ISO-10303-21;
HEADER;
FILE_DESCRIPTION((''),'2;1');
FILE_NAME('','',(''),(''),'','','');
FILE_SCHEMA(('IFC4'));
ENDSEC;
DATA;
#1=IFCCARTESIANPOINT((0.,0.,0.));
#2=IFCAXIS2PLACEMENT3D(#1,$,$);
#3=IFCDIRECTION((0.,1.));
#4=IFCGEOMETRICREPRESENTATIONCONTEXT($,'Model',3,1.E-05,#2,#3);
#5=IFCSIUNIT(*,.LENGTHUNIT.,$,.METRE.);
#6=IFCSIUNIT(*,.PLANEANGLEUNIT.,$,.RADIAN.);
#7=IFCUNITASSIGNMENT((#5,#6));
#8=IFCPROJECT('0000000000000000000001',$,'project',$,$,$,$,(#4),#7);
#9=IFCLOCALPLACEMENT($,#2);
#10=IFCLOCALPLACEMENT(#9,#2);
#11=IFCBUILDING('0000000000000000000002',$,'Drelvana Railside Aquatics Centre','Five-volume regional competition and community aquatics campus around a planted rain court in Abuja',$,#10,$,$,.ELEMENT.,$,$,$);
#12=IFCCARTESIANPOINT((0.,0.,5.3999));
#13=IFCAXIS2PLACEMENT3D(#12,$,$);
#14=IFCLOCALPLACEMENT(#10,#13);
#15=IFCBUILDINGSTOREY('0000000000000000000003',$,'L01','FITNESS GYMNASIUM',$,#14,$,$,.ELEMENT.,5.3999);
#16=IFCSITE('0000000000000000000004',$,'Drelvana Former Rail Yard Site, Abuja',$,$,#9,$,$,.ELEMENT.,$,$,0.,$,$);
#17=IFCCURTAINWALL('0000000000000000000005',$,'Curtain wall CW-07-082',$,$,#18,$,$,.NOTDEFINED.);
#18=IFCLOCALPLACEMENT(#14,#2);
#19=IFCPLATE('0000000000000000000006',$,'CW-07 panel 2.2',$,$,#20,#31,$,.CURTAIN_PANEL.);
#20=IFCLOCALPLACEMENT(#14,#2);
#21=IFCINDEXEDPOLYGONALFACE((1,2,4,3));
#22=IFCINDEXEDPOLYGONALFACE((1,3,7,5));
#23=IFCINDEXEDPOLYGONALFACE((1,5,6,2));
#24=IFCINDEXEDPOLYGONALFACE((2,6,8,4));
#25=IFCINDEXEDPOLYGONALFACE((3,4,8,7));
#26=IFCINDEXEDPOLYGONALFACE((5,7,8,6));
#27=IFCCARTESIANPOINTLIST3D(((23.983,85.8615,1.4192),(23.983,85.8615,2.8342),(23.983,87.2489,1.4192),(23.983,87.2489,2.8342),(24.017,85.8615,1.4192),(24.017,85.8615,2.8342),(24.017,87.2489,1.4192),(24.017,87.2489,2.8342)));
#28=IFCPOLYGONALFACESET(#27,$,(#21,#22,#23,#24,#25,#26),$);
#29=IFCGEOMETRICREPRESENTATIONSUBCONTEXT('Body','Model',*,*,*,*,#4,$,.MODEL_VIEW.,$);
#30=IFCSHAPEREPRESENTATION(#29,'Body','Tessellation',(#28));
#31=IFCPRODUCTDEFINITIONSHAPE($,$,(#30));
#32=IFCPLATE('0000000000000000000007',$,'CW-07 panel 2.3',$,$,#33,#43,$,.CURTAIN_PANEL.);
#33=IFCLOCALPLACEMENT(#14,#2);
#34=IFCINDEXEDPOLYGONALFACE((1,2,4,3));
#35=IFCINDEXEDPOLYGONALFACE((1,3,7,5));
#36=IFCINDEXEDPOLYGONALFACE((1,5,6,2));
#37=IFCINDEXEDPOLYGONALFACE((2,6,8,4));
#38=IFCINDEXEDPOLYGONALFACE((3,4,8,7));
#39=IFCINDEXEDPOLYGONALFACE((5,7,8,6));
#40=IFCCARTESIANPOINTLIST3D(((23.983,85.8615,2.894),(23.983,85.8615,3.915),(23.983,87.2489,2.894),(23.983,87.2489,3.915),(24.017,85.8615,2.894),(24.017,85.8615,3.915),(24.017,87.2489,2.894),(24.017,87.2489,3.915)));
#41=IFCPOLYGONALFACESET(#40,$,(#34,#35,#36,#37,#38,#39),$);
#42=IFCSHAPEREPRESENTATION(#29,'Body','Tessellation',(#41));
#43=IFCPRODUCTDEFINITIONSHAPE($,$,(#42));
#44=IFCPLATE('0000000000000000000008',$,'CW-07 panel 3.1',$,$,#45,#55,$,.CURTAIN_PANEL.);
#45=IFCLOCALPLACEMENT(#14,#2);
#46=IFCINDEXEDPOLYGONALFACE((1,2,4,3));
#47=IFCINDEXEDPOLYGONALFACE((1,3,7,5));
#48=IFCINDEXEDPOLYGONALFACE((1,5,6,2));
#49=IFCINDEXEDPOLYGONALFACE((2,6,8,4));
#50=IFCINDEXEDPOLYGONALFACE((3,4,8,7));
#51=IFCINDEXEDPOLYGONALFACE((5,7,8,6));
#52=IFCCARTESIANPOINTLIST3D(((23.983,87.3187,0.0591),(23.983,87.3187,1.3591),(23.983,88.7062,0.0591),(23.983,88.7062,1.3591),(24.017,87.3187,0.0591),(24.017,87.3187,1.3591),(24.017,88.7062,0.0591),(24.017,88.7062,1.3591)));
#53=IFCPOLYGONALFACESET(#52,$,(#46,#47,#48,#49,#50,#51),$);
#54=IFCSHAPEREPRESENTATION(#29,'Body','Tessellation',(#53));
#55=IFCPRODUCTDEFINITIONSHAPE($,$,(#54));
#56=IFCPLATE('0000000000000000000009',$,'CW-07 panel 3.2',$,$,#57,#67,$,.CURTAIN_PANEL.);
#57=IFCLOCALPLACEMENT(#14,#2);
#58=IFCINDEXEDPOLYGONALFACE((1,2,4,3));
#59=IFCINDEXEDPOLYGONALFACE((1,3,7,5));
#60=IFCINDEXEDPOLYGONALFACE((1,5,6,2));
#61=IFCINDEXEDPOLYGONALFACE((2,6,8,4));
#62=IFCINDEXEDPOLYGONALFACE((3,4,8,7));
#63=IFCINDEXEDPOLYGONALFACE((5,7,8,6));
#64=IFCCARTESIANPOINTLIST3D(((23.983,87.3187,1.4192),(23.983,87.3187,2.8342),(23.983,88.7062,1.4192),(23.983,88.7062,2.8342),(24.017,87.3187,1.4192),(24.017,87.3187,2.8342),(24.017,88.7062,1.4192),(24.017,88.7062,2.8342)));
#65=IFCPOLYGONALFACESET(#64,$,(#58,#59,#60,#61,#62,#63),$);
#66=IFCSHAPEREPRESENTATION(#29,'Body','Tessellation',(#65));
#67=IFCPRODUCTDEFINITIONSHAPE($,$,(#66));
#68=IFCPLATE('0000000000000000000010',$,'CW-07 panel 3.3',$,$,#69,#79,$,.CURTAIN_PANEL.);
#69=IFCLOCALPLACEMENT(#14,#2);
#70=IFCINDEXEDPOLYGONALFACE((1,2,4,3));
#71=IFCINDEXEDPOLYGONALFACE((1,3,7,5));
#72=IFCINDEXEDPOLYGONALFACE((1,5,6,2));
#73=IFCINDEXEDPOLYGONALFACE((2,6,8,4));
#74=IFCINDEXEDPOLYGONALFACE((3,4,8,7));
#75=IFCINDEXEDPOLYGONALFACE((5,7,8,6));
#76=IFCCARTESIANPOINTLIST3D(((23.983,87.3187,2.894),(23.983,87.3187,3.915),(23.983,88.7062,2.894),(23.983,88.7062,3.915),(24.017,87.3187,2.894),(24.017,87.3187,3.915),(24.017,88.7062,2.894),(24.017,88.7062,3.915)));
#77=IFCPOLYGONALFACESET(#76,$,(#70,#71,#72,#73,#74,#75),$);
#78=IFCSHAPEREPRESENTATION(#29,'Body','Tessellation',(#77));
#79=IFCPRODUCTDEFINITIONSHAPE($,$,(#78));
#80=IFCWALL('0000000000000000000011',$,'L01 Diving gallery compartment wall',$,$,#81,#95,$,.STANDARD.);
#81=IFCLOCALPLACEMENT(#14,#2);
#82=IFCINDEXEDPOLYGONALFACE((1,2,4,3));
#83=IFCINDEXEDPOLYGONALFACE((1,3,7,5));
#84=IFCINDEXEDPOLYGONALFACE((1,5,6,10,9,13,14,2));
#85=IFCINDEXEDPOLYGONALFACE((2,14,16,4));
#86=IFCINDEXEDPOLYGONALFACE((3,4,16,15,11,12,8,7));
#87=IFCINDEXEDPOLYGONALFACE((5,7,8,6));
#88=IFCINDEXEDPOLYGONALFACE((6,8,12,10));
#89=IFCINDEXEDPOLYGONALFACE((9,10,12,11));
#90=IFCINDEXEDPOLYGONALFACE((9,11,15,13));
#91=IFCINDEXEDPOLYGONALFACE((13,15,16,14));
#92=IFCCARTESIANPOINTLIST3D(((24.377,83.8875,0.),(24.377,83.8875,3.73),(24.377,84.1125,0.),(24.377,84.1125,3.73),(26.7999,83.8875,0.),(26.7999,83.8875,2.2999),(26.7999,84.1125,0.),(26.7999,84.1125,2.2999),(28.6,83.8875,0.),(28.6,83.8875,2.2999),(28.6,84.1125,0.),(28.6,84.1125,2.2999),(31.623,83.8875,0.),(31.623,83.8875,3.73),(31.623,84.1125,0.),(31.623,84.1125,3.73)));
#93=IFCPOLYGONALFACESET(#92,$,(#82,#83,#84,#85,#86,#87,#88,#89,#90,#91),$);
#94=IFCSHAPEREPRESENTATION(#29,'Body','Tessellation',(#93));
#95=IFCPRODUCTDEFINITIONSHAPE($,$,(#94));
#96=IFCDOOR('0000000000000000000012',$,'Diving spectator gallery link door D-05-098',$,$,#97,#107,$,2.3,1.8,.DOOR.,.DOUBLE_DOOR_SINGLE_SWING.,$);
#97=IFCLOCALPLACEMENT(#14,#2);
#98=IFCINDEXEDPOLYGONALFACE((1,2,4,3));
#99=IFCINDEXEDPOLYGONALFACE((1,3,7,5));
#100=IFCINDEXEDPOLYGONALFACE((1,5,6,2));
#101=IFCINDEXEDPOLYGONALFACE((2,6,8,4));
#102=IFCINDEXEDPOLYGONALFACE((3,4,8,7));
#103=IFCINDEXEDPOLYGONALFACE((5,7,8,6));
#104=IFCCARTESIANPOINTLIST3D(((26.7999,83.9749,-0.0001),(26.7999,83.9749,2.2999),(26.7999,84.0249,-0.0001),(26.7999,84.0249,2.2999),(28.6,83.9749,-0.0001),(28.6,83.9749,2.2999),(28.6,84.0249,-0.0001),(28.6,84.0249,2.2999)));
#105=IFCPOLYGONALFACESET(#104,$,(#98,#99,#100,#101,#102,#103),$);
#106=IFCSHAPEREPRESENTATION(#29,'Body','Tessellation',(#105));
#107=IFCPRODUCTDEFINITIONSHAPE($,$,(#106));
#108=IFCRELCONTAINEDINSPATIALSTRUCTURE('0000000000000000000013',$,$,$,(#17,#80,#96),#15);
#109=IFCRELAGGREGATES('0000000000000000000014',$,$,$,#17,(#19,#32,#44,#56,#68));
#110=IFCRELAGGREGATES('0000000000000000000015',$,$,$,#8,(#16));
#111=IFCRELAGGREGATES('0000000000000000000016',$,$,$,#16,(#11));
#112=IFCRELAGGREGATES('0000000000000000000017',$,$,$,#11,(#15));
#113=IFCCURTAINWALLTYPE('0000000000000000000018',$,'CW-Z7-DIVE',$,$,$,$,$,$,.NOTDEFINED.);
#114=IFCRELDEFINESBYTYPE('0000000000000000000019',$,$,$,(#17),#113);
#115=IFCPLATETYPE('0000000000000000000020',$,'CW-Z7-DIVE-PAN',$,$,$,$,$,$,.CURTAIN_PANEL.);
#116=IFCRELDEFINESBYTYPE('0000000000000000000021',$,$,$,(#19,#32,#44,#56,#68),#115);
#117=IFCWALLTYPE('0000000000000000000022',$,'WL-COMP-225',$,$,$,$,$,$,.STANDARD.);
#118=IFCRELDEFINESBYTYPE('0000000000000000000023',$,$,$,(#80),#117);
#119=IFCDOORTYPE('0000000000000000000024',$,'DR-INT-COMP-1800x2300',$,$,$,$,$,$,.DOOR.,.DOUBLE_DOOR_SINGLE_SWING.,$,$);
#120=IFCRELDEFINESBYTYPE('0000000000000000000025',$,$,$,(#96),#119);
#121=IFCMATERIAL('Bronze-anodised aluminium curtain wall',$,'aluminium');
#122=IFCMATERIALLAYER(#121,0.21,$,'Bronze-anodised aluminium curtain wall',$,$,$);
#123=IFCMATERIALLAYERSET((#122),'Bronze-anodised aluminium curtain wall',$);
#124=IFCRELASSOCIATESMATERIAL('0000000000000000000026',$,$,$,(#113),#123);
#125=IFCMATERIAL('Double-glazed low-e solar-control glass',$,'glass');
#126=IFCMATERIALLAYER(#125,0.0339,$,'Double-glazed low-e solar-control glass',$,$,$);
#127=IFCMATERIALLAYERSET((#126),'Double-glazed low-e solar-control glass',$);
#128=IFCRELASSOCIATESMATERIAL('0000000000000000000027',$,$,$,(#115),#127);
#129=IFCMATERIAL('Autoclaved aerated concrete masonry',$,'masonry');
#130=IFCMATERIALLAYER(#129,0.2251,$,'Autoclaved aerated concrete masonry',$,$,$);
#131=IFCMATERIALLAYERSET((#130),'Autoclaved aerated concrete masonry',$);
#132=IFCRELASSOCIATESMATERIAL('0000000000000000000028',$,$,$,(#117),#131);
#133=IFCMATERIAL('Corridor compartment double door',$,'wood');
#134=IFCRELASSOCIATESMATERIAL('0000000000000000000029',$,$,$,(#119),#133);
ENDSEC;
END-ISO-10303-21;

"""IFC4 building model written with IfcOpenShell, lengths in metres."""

from ifc_helpers import new_model, si_unit, direction, frame, frame_2d, origin, origin_2d, place, context, subcontext, project, spatial, rectangle, extrude, material, layer, layer_set, type_object, element, fill, aggregate, save


model = new_model("IFC4")

# Units and contexts
model_context = context("Model", 3, precision=1e-05, world=origin(), true_north=direction((0.0, 1.0)))
body_context = subcontext(model_context, "Body", "Model", "MODEL_VIEW")
ifc_project = project(units=[si_unit("LENGTHUNIT", "METRE"), si_unit("PLANEANGLEUNIT", "RADIAN")], contexts=[model_context])

# Site, building, storey
site_placement = place(None, origin())
site = spatial("IfcSite", under=ifc_project, at=site_placement, Name="Drelvana Former Rail Yard Site, Abuja", CompositionType="ELEMENT", RefElevation=0.0)
building_placement = place(site_placement, origin())
building = spatial("IfcBuilding", under=site, at=building_placement, Name="Drelvana Railside Aquatics Centre", Description="Five-volume regional competition and community aquatics campus around a planted rain court in Abuja", CompositionType="ELEMENT")
storey_placement = place(building_placement, frame((0.0, 0.0, 5.3999)))
storey = spatial("IfcBuildingStorey", under=building, at=storey_placement, Name="L01", Description="FITNESS GYMNASIUM", CompositionType="ELEMENT", Elevation=5.3999)

# Curtain wall
ifc_material_1 = material(Name="Bronze-anodised aluminium curtain wall", Category="aluminium")
ifc_layer_1 = layer(ifc_material_1, 0.21, Name="Bronze-anodised aluminium curtain wall")
ifc_layer_set_1 = layer_set([ifc_layer_1], Name="Bronze-anodised aluminium curtain wall")
curtain_wall_type = type_object("IfcCurtainWallType", Name="CW-Z7-DIVE", PredefinedType="NOTDEFINED", material=ifc_layer_set_1)
curtain_wall_placement = place(storey_placement, origin())
curtain_wall = element("IfcCurtainWall", 1, at=curtain_wall_placement, inside=storey, type_object=curtain_wall_type, Name="Curtain wall CW-07-082", PredefinedType="NOTDEFINED")

# Plates
ifc_material_2 = material(Name="Double-glazed low-e solar-control glass", Category="glass")
ifc_layer_2 = layer(ifc_material_2, 0.0339, Name="Double-glazed low-e solar-control glass")
ifc_layer_set_2 = layer_set([ifc_layer_2], Name="Double-glazed low-e solar-control glass")
plate_type = type_object("IfcPlateType", Name="CW-Z7-DIVE-PAN", PredefinedType="CURTAIN_PANEL", material=ifc_layer_set_2)
plate_1_placement = place(storey_placement, frame((24.0, 86.5552, 1.4192), z_axis=(0.0, 0.0, 1.0), x_axis=(0.0, 1.0, 0.0)))
plate_1 = element("IfcPlate", 2, at=plate_1_placement, type_object=plate_type, Name="CW-07 panel 2.2", PredefinedType="CURTAIN_PANEL", context=body_context, shape_type="SweptSolid", body=[
    extrude(rectangle(XDim=1.3875, YDim=0.0339, at=origin_2d()), origin(), (0.0, 0.0, 1.0), 1.415),
])
plate_2_placement = place(storey_placement, frame((24.0, 86.5552, 2.894), z_axis=(0.0, 0.0, 1.0), x_axis=(0.0, 1.0, 0.0)))
plate_2 = element("IfcPlate", 3, at=plate_2_placement, type_object=plate_type, Name="CW-07 panel 2.3", PredefinedType="CURTAIN_PANEL", context=body_context, shape_type="SweptSolid", body=[
    extrude(rectangle(XDim=1.3875, YDim=0.0339, at=origin_2d()), origin(), (0.0, 0.0, 1.0), 1.021),
])
plate_3_placement = place(storey_placement, frame((24.0, 88.0125, 0.0591), z_axis=(0.0, 0.0, 1.0), x_axis=(0.0, 1.0, 0.0)))
plate_3 = element("IfcPlate", 4, at=plate_3_placement, type_object=plate_type, Name="CW-07 panel 3.1", PredefinedType="CURTAIN_PANEL", context=body_context, shape_type="SweptSolid", body=[
    extrude(rectangle(XDim=1.3875, YDim=0.0339, at=origin_2d()), origin(), (0.0, 0.0, 1.0), 1.3),
])
plate_4_placement = place(storey_placement, frame((24.0, 88.0125, 1.4192), z_axis=(0.0, 0.0, 1.0), x_axis=(0.0, 1.0, 0.0)))
plate_4 = element("IfcPlate", 5, at=plate_4_placement, type_object=plate_type, Name="CW-07 panel 3.2", PredefinedType="CURTAIN_PANEL", context=body_context, shape_type="SweptSolid", body=[
    extrude(rectangle(XDim=1.3875, YDim=0.0339, at=origin_2d()), origin(), (0.0, 0.0, 1.0), 1.415),
])
plate_5_placement = place(storey_placement, frame((24.0, 88.0125, 2.894), z_axis=(0.0, 0.0, 1.0), x_axis=(0.0, 1.0, 0.0)))
plate_5 = element("IfcPlate", 6, at=plate_5_placement, type_object=plate_type, Name="CW-07 panel 3.3", PredefinedType="CURTAIN_PANEL", context=body_context, shape_type="SweptSolid", body=[
    extrude(rectangle(XDim=1.3875, YDim=0.0339, at=origin_2d()), origin(), (0.0, 0.0, 1.0), 1.021),
])
aggregate(curtain_wall, [plate_1, plate_2, plate_3, plate_4, plate_5])

# Wall, opening, door
ifc_material_3 = material(Name="Autoclaved aerated concrete masonry", Category="masonry")
ifc_layer_3 = layer(ifc_material_3, 0.2251, Name="Autoclaved aerated concrete masonry")
ifc_layer_set_3 = layer_set([ifc_layer_3], Name="Autoclaved aerated concrete masonry")
wall_type = type_object("IfcWallType", Name="WL-COMP-225", PredefinedType="STANDARD", material=ifc_layer_set_3)
wall_placement = place(storey_placement, frame((24.377, 84.0, 0.0), z_axis=(0.0, 0.0, 1.0), x_axis=(1.0, 0.0, 0.0)))
wall = element("IfcWall", 7, at=wall_placement, inside=storey, type_object=wall_type, Name="L01 Diving gallery compartment wall", PredefinedType="STANDARD", context=body_context, shape_type="SweptSolid", body=[
    extrude(rectangle(XDim=7.2461, YDim=0.2251, at=frame_2d((3.623, 0.0))), origin(), (0.0, 0.0, 1.0), 3.73),
])
opening_placement = place(wall_placement, frame((2.4231, 0.0, 0.0)))
opening = element("IfcOpeningElement", 8, at=opening_placement, cuts=wall, PredefinedType="OPENING", context=body_context, shape_type="SweptSolid", body=[
    extrude(rectangle(XDim=1.8, YDim=2.3, at=frame_2d((0.8999, 1.1499))), frame((0.0, 0.1226, 0.0), z_axis=(0.0, -1.0, 0.0), x_axis=(1.0, 0.0, 0.0)), (0.0, 0.0, 1.0), 0.2451),
])
ifc_material_4 = material(Name="Corridor compartment double door", Category="wood")
door_type = type_object("IfcDoorType", Name="DR-INT-COMP-1800x2300", OperationType="DOUBLE_DOOR_SINGLE_SWING", PredefinedType="DOOR", material=ifc_material_4)
door_placement = place(opening_placement, origin())
door = element("IfcDoor", 9, at=door_placement, inside=storey, type_object=door_type, Name="Diving spectator gallery link door D-05-098", OperationType="DOUBLE_DOOR_SINGLE_SWING", OverallHeight=2.3, OverallWidth=1.8, PredefinedType="DOOR", context=body_context, shape_type="SweptSolid", body=[
    extrude(rectangle(XDim=1.8, YDim=2.3, at=frame_2d((0.8999, 1.1499))), frame((0.0, 0.0249, 0.0), z_axis=(0.0, -1.0, 0.0), x_axis=(1.0, 0.0, 0.0)), (0.0, 0.0, 1.0), 0.05),
])
fill(opening, door)

save(model, "model.ifc")
